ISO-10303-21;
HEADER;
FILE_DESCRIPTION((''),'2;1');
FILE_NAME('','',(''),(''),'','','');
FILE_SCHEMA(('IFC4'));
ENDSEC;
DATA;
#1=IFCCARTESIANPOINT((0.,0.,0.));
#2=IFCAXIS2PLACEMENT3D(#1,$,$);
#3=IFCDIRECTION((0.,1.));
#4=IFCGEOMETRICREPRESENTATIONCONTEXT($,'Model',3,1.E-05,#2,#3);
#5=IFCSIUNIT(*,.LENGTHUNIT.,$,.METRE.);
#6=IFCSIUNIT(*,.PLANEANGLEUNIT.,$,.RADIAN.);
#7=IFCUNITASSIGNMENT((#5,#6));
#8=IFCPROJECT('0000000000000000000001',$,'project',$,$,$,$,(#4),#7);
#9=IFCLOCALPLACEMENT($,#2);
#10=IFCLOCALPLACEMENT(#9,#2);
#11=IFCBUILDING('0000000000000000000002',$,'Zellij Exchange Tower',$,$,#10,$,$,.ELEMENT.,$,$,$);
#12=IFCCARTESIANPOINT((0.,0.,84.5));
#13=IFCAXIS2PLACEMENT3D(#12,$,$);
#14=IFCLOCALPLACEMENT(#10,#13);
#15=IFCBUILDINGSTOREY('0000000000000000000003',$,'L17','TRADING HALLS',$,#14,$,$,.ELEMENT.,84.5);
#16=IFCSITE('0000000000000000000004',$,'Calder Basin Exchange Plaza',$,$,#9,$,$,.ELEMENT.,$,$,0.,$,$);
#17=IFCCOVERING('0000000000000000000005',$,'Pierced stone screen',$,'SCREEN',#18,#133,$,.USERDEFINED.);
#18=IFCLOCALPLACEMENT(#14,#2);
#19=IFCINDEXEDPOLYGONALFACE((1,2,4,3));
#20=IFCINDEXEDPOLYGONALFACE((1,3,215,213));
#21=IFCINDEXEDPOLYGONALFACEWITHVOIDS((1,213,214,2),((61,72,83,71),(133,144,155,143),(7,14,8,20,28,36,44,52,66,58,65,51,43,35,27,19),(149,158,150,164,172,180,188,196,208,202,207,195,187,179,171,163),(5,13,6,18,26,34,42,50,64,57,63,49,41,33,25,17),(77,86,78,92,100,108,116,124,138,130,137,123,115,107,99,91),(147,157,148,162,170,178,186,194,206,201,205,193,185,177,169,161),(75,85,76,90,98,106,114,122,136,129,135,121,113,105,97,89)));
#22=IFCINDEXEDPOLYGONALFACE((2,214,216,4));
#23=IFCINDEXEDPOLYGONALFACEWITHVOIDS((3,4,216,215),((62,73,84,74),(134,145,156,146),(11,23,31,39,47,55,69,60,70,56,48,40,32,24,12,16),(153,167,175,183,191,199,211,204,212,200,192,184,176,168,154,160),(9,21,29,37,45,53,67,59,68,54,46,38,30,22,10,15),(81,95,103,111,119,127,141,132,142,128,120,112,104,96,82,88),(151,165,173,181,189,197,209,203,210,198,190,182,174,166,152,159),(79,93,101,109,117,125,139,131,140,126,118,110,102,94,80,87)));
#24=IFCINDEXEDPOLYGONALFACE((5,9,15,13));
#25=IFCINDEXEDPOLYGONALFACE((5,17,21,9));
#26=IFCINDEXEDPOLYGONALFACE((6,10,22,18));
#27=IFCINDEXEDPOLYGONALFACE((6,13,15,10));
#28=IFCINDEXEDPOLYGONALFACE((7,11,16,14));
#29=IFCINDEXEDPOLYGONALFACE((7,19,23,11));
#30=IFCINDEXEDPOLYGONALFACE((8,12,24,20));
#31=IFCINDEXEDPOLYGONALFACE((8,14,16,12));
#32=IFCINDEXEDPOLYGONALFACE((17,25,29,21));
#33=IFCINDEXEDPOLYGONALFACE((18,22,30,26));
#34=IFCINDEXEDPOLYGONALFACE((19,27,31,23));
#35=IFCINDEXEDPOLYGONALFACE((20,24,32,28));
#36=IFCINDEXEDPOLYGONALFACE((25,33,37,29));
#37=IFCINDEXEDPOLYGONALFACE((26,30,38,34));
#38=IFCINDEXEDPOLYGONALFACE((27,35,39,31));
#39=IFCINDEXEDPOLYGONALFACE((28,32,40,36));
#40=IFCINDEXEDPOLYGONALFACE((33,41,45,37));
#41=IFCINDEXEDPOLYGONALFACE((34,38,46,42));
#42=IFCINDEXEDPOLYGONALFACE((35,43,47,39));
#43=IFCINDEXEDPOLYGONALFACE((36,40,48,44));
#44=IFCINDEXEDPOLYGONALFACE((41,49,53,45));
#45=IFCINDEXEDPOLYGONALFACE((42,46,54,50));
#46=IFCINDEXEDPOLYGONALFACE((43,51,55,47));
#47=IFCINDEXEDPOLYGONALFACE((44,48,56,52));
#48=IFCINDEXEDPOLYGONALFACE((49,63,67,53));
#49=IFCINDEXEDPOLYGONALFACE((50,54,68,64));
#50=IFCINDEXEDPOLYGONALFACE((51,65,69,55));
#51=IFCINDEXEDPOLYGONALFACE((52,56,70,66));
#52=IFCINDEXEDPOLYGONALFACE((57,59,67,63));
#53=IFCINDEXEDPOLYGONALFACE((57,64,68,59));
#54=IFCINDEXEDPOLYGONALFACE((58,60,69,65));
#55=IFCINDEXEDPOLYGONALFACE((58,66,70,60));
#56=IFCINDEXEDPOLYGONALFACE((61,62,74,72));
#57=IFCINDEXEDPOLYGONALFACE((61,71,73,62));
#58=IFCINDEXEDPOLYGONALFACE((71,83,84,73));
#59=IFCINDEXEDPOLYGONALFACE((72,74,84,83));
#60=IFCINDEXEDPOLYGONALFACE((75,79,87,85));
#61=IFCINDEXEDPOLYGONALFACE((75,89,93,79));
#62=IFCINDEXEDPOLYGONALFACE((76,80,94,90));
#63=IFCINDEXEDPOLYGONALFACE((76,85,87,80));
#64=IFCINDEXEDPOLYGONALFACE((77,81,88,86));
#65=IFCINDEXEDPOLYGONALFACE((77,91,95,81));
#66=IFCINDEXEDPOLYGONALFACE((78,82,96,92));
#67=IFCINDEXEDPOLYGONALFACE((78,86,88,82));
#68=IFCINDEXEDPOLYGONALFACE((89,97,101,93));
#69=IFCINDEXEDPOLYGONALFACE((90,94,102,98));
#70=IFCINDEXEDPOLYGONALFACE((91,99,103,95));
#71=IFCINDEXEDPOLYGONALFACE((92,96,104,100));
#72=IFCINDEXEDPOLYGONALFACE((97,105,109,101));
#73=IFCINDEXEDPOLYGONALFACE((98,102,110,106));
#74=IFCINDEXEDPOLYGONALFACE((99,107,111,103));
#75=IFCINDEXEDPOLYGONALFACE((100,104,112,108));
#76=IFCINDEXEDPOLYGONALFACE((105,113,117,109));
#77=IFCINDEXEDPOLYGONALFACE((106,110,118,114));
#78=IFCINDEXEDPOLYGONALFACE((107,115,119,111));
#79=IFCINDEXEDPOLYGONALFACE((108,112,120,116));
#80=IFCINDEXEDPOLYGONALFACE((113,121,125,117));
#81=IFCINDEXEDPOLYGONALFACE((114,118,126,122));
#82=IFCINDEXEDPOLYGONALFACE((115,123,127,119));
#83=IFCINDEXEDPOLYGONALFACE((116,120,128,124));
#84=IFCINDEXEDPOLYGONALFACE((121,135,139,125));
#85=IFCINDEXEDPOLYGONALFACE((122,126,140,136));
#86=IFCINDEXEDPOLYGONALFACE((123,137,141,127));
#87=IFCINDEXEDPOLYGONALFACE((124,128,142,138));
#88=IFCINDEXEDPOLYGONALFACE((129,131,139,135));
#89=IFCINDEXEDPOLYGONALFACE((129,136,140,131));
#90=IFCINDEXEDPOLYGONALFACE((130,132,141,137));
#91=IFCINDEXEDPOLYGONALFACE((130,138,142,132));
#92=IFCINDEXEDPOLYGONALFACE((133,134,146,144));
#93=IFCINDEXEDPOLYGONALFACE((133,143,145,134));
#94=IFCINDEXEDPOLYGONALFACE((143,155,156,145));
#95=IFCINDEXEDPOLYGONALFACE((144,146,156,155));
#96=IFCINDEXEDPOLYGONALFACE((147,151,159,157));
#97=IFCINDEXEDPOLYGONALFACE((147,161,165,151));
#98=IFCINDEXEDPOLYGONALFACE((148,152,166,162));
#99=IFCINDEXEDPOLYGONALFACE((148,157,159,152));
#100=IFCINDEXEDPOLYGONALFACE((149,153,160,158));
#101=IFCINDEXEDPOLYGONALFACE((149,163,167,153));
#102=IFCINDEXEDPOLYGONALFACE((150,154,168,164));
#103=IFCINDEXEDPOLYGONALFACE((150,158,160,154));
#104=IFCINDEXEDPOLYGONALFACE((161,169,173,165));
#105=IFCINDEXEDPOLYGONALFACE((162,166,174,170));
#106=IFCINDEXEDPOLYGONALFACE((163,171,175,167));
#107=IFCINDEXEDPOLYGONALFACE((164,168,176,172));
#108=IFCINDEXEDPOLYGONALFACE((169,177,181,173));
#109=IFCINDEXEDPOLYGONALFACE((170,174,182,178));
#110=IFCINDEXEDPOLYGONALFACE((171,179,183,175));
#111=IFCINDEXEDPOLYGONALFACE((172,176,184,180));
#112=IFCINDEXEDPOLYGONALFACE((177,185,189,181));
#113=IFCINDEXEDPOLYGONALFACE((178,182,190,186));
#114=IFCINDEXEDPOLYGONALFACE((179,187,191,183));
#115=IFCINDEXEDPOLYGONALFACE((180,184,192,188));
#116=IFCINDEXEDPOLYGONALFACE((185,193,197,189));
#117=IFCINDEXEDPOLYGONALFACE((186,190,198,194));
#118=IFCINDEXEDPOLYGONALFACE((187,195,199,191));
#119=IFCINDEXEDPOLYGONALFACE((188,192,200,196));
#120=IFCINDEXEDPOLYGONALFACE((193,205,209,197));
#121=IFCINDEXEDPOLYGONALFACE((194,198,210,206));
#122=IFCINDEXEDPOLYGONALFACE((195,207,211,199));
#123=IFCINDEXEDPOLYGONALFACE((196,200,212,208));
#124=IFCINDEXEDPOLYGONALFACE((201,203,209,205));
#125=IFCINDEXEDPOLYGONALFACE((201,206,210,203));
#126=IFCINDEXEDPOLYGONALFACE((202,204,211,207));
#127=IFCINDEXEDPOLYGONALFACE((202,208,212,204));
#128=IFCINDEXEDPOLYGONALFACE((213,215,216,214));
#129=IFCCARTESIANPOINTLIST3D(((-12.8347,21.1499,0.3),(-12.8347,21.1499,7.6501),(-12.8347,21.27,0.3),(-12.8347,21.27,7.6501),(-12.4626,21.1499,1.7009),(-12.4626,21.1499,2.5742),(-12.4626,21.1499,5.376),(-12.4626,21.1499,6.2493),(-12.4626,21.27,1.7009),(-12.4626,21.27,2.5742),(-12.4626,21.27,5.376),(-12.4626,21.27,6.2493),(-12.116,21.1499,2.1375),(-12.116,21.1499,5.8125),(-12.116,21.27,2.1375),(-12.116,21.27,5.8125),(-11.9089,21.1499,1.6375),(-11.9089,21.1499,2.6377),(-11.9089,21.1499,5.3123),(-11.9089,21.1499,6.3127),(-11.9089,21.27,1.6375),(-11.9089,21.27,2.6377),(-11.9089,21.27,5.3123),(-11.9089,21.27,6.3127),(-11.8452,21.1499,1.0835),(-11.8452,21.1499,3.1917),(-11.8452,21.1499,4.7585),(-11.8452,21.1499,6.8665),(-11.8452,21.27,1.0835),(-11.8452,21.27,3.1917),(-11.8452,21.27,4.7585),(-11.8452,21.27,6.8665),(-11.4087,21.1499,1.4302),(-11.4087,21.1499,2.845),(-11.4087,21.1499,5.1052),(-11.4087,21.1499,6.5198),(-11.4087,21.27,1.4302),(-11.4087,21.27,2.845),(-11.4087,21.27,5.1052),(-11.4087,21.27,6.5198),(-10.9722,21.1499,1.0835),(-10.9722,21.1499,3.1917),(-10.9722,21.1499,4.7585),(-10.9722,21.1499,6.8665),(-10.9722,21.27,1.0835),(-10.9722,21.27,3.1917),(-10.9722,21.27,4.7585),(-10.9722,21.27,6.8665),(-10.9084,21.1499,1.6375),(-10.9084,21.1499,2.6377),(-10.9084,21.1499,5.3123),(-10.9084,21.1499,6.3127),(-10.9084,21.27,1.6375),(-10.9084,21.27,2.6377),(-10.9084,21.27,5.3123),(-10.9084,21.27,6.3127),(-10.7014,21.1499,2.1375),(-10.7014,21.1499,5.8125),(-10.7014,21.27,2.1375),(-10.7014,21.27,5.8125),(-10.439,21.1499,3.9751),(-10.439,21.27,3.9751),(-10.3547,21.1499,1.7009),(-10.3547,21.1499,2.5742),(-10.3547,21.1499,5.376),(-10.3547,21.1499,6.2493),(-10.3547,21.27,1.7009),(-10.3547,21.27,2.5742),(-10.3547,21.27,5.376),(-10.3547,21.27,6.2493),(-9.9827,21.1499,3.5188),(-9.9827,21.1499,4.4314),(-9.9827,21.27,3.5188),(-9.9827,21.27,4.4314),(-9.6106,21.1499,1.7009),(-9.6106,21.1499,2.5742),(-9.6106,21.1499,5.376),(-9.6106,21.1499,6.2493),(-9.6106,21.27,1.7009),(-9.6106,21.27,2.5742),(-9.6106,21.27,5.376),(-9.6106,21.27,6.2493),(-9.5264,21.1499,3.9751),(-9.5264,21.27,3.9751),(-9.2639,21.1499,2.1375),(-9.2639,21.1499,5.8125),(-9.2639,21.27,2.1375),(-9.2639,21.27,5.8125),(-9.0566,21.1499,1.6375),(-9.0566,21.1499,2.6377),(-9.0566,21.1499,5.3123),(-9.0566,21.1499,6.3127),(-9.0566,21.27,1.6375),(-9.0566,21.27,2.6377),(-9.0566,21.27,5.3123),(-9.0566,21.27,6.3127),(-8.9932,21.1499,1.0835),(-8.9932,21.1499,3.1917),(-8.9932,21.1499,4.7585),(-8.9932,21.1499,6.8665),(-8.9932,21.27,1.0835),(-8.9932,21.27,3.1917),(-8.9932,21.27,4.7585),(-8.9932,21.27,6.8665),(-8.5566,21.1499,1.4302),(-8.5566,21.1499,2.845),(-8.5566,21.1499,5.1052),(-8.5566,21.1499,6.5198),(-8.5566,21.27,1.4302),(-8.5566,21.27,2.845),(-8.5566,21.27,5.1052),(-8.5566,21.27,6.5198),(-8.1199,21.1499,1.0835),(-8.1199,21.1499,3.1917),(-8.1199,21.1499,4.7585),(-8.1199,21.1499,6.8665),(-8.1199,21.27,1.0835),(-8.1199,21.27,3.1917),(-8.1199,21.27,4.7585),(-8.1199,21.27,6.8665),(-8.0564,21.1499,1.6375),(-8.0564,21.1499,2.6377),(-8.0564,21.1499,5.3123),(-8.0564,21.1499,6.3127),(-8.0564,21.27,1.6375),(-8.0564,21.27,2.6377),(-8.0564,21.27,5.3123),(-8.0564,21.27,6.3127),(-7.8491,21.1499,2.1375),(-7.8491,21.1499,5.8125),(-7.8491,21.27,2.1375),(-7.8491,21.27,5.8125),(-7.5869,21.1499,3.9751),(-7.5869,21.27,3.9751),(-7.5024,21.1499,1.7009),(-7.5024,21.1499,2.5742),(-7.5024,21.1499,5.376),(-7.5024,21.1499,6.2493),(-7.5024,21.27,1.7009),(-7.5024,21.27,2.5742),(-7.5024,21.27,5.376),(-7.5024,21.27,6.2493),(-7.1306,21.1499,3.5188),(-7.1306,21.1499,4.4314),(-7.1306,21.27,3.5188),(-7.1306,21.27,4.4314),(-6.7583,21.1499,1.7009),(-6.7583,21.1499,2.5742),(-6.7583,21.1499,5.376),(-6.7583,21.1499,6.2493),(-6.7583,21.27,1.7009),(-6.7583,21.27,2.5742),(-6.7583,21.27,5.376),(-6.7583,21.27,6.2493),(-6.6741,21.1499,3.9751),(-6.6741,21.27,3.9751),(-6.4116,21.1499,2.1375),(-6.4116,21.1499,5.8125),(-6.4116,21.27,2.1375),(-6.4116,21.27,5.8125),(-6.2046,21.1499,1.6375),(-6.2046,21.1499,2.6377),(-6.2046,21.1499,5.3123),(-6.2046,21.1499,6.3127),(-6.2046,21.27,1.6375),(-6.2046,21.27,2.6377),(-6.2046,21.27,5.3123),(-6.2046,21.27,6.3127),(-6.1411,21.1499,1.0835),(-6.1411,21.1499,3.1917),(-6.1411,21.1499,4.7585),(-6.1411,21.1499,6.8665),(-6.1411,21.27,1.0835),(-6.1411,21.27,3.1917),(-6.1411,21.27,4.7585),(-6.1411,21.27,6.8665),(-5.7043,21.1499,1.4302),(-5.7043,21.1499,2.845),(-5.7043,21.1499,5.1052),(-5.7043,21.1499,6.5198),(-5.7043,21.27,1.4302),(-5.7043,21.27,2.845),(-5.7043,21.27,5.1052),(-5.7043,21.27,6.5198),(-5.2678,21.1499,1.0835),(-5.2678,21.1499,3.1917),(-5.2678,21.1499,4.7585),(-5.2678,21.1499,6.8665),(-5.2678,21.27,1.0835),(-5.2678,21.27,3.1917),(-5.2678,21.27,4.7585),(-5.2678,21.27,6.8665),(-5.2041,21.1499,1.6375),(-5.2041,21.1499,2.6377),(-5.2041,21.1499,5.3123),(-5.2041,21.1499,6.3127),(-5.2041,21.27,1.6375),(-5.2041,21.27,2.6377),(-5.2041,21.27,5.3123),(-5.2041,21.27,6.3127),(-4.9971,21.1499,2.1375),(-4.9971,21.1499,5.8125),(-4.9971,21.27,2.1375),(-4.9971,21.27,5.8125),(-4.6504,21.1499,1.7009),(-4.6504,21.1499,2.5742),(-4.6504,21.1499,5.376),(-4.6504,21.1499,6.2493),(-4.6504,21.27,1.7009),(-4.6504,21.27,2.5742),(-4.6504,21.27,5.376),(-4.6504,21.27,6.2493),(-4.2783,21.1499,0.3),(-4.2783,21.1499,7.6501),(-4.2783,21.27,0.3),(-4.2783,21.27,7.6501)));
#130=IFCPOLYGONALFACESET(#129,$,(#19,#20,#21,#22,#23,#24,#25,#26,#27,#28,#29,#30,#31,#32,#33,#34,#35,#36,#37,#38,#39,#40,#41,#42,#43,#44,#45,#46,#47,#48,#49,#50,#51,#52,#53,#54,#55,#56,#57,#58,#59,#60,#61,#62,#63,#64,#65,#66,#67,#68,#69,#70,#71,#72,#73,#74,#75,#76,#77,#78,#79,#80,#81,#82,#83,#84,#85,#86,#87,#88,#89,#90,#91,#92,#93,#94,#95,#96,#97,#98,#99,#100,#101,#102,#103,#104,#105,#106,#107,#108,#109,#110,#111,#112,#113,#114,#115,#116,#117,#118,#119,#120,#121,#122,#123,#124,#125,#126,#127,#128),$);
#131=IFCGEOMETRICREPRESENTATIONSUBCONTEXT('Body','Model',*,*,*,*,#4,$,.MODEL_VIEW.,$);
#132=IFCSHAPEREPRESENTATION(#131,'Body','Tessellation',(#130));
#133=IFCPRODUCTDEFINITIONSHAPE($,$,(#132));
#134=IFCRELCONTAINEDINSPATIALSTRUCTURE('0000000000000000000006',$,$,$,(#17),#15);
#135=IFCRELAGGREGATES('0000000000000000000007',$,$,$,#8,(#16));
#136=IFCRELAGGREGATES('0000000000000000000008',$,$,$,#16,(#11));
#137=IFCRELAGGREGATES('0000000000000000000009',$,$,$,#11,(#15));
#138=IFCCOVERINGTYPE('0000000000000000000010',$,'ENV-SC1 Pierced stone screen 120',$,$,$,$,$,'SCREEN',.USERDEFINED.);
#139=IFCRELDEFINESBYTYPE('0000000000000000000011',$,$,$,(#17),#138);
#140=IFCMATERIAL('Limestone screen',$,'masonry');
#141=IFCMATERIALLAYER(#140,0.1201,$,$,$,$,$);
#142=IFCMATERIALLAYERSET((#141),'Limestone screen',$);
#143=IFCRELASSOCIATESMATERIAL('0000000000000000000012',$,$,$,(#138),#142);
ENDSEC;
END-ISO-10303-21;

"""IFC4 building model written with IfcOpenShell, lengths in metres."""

from ifc_helpers import new_model, si_unit, direction, frame, origin, place, context, subcontext, project, spatial, polyline, outline, extrude, material, layer, layer_set, type_object, element, save


model = new_model("IFC4")

# Units and contexts
model_context = context("Model", 3, precision=1e-05, world=origin(), true_north=direction((0.0, 1.0)))
body_context = subcontext(model_context, "Body", "Model", "MODEL_VIEW")
ifc_project = project(units=[si_unit("LENGTHUNIT", "METRE"), si_unit("PLANEANGLEUNIT", "RADIAN")], contexts=[model_context])

# Site, building, storey
site_placement = place(None, origin())
site = spatial("IfcSite", under=ifc_project, at=site_placement, Name="Calder Basin Exchange Plaza", CompositionType="ELEMENT", RefElevation=0.0)
building_placement = place(site_placement, origin())
building = spatial("IfcBuilding", under=site, at=building_placement, Name="Zellij Exchange Tower", CompositionType="ELEMENT")
storey_placement = place(building_placement, frame((0.0, 0.0, 84.5)))
storey = spatial("IfcBuildingStorey", under=building, at=storey_placement, Name="L17", Description="TRADING HALLS", CompositionType="ELEMENT", Elevation=84.5)

# Covering
ifc_material_1 = material(Name="Limestone screen", Category="masonry")
ifc_layer_1 = layer(ifc_material_1, 0.1201)
ifc_layer_set_1 = layer_set([ifc_layer_1], Name="Limestone screen")
covering_type = type_object("IfcCoveringType", Name="ENV-SC1 Pierced stone screen 120", ElementType="SCREEN", PredefinedType="USERDEFINED", material=ifc_layer_set_1)
covering_1_placement = place(storey_placement, frame((-4.2783, 21.21, 0.3), z_axis=(0.0, 0.0, 1.0), x_axis=(-1.0, 0.0, 0.0)))
element("IfcCovering", 1, at=covering_1_placement, inside=storey, type_object=covering_type, Name="Pierced stone screen", ObjectType="SCREEN", PredefinedType="USERDEFINED", context=body_context, shape_type="SweptSolid", body=[
    extrude(outline(polyline([(0.0, 0.0), (8.5564, 0.0), (8.5564, 7.3501), (0.0, 7.3501), (0.0, 0.0)]), holes=[polyline([(2.48, 2.2742), (1.9263, 2.3376), (1.8628, 2.8916), (1.426, 2.5449), (0.9895, 2.8916), (0.9258, 2.3376), (0.3721, 2.2742), (0.7188, 1.8374), (0.3721, 1.4009), (0.9258, 1.3374), (0.9895, 0.7834), (1.426, 1.1301), (1.8628, 0.7834), (1.9263, 1.3374), (2.48, 1.4009), (2.1333, 1.8374), (2.48, 2.2742)]), polyline([(2.48, 5.9492), (1.9263, 6.0127), (1.8628, 6.5664), (1.426, 6.2197), (0.9895, 6.5664), (0.9258, 6.0127), (0.3721, 5.9492), (0.7188, 5.5125), (0.3721, 5.0759), (0.9258, 5.0122), (0.9895, 4.4585), (1.426, 4.8052), (1.8628, 4.4585), (1.9263, 5.0122), (2.48, 5.0759), (2.1333, 5.5125), (2.48, 5.9492)]), polyline([(5.3323, 2.2742), (4.7783, 2.3376), (4.7148, 2.8916), (4.2783, 2.5449), (3.8416, 2.8916), (3.7781, 2.3376), (3.2241, 2.2742), (3.5708, 1.8374), (3.2241, 1.4009), (3.7781, 1.3374), (3.8416, 0.7834), (4.2783, 1.1301), (4.7148, 0.7834), (4.7783, 1.3374), (5.3323, 1.4009), (4.9856, 1.8374), (5.3323, 2.2742)]), polyline([(5.3323, 5.9492), (4.7783, 6.0127), (4.7148, 6.5664), (4.2783, 6.2197), (3.8416, 6.5664), (3.7781, 6.0127), (3.2241, 5.9492), (3.5708, 5.5125), (3.2241, 5.0759), (3.7781, 5.0122), (3.8416, 4.4585), (4.2783, 4.8052), (4.7148, 4.4585), (4.7783, 5.0122), (5.3323, 5.0759), (4.9856, 5.5125), (5.3323, 5.9492)]), polyline([(8.1843, 2.2742), (7.6306, 2.3376), (7.5669, 2.8916), (7.1304, 2.5449), (6.6938, 2.8916), (6.6301, 2.3376), (6.0764, 2.2742), (6.4231, 1.8374), (6.0764, 1.4009), (6.6301, 1.3374), (6.6938, 0.7834), (7.1304, 1.1301), (7.5669, 0.7834), (7.6306, 1.3374), (8.1843, 1.4009), (7.8376, 1.8374), (8.1843, 2.2742)]), polyline([(8.1843, 5.9492), (7.6306, 6.0127), (7.5669, 6.5664), (7.1304, 6.2197), (6.6938, 6.5664), (6.6301, 6.0127), (6.0764, 5.9492), (6.4231, 5.5125), (6.0764, 5.0759), (6.6301, 5.0122), (6.6938, 4.4585), (7.1304, 4.8052), (7.5669, 4.4585), (7.6306, 5.0122), (8.1843, 5.0759), (7.8376, 5.5125), (8.1843, 5.9492)]), polyline([(3.3086, 3.675), (2.8523, 4.1313), (2.3958, 3.675), (2.8523, 3.2188), (3.3086, 3.675)]), polyline([(6.1606, 3.675), (5.7043, 4.1313), (5.248, 3.675), (5.7043, 3.2188), (6.1606, 3.675)])]), frame((0.0, 0.0601, 0.0), z_axis=(0.0, -1.0, 0.0), x_axis=(1.0, 0.0, 0.0)), (0.0, 0.0, 1.0), 0.1201),
])

save(model, "model.ifc")
